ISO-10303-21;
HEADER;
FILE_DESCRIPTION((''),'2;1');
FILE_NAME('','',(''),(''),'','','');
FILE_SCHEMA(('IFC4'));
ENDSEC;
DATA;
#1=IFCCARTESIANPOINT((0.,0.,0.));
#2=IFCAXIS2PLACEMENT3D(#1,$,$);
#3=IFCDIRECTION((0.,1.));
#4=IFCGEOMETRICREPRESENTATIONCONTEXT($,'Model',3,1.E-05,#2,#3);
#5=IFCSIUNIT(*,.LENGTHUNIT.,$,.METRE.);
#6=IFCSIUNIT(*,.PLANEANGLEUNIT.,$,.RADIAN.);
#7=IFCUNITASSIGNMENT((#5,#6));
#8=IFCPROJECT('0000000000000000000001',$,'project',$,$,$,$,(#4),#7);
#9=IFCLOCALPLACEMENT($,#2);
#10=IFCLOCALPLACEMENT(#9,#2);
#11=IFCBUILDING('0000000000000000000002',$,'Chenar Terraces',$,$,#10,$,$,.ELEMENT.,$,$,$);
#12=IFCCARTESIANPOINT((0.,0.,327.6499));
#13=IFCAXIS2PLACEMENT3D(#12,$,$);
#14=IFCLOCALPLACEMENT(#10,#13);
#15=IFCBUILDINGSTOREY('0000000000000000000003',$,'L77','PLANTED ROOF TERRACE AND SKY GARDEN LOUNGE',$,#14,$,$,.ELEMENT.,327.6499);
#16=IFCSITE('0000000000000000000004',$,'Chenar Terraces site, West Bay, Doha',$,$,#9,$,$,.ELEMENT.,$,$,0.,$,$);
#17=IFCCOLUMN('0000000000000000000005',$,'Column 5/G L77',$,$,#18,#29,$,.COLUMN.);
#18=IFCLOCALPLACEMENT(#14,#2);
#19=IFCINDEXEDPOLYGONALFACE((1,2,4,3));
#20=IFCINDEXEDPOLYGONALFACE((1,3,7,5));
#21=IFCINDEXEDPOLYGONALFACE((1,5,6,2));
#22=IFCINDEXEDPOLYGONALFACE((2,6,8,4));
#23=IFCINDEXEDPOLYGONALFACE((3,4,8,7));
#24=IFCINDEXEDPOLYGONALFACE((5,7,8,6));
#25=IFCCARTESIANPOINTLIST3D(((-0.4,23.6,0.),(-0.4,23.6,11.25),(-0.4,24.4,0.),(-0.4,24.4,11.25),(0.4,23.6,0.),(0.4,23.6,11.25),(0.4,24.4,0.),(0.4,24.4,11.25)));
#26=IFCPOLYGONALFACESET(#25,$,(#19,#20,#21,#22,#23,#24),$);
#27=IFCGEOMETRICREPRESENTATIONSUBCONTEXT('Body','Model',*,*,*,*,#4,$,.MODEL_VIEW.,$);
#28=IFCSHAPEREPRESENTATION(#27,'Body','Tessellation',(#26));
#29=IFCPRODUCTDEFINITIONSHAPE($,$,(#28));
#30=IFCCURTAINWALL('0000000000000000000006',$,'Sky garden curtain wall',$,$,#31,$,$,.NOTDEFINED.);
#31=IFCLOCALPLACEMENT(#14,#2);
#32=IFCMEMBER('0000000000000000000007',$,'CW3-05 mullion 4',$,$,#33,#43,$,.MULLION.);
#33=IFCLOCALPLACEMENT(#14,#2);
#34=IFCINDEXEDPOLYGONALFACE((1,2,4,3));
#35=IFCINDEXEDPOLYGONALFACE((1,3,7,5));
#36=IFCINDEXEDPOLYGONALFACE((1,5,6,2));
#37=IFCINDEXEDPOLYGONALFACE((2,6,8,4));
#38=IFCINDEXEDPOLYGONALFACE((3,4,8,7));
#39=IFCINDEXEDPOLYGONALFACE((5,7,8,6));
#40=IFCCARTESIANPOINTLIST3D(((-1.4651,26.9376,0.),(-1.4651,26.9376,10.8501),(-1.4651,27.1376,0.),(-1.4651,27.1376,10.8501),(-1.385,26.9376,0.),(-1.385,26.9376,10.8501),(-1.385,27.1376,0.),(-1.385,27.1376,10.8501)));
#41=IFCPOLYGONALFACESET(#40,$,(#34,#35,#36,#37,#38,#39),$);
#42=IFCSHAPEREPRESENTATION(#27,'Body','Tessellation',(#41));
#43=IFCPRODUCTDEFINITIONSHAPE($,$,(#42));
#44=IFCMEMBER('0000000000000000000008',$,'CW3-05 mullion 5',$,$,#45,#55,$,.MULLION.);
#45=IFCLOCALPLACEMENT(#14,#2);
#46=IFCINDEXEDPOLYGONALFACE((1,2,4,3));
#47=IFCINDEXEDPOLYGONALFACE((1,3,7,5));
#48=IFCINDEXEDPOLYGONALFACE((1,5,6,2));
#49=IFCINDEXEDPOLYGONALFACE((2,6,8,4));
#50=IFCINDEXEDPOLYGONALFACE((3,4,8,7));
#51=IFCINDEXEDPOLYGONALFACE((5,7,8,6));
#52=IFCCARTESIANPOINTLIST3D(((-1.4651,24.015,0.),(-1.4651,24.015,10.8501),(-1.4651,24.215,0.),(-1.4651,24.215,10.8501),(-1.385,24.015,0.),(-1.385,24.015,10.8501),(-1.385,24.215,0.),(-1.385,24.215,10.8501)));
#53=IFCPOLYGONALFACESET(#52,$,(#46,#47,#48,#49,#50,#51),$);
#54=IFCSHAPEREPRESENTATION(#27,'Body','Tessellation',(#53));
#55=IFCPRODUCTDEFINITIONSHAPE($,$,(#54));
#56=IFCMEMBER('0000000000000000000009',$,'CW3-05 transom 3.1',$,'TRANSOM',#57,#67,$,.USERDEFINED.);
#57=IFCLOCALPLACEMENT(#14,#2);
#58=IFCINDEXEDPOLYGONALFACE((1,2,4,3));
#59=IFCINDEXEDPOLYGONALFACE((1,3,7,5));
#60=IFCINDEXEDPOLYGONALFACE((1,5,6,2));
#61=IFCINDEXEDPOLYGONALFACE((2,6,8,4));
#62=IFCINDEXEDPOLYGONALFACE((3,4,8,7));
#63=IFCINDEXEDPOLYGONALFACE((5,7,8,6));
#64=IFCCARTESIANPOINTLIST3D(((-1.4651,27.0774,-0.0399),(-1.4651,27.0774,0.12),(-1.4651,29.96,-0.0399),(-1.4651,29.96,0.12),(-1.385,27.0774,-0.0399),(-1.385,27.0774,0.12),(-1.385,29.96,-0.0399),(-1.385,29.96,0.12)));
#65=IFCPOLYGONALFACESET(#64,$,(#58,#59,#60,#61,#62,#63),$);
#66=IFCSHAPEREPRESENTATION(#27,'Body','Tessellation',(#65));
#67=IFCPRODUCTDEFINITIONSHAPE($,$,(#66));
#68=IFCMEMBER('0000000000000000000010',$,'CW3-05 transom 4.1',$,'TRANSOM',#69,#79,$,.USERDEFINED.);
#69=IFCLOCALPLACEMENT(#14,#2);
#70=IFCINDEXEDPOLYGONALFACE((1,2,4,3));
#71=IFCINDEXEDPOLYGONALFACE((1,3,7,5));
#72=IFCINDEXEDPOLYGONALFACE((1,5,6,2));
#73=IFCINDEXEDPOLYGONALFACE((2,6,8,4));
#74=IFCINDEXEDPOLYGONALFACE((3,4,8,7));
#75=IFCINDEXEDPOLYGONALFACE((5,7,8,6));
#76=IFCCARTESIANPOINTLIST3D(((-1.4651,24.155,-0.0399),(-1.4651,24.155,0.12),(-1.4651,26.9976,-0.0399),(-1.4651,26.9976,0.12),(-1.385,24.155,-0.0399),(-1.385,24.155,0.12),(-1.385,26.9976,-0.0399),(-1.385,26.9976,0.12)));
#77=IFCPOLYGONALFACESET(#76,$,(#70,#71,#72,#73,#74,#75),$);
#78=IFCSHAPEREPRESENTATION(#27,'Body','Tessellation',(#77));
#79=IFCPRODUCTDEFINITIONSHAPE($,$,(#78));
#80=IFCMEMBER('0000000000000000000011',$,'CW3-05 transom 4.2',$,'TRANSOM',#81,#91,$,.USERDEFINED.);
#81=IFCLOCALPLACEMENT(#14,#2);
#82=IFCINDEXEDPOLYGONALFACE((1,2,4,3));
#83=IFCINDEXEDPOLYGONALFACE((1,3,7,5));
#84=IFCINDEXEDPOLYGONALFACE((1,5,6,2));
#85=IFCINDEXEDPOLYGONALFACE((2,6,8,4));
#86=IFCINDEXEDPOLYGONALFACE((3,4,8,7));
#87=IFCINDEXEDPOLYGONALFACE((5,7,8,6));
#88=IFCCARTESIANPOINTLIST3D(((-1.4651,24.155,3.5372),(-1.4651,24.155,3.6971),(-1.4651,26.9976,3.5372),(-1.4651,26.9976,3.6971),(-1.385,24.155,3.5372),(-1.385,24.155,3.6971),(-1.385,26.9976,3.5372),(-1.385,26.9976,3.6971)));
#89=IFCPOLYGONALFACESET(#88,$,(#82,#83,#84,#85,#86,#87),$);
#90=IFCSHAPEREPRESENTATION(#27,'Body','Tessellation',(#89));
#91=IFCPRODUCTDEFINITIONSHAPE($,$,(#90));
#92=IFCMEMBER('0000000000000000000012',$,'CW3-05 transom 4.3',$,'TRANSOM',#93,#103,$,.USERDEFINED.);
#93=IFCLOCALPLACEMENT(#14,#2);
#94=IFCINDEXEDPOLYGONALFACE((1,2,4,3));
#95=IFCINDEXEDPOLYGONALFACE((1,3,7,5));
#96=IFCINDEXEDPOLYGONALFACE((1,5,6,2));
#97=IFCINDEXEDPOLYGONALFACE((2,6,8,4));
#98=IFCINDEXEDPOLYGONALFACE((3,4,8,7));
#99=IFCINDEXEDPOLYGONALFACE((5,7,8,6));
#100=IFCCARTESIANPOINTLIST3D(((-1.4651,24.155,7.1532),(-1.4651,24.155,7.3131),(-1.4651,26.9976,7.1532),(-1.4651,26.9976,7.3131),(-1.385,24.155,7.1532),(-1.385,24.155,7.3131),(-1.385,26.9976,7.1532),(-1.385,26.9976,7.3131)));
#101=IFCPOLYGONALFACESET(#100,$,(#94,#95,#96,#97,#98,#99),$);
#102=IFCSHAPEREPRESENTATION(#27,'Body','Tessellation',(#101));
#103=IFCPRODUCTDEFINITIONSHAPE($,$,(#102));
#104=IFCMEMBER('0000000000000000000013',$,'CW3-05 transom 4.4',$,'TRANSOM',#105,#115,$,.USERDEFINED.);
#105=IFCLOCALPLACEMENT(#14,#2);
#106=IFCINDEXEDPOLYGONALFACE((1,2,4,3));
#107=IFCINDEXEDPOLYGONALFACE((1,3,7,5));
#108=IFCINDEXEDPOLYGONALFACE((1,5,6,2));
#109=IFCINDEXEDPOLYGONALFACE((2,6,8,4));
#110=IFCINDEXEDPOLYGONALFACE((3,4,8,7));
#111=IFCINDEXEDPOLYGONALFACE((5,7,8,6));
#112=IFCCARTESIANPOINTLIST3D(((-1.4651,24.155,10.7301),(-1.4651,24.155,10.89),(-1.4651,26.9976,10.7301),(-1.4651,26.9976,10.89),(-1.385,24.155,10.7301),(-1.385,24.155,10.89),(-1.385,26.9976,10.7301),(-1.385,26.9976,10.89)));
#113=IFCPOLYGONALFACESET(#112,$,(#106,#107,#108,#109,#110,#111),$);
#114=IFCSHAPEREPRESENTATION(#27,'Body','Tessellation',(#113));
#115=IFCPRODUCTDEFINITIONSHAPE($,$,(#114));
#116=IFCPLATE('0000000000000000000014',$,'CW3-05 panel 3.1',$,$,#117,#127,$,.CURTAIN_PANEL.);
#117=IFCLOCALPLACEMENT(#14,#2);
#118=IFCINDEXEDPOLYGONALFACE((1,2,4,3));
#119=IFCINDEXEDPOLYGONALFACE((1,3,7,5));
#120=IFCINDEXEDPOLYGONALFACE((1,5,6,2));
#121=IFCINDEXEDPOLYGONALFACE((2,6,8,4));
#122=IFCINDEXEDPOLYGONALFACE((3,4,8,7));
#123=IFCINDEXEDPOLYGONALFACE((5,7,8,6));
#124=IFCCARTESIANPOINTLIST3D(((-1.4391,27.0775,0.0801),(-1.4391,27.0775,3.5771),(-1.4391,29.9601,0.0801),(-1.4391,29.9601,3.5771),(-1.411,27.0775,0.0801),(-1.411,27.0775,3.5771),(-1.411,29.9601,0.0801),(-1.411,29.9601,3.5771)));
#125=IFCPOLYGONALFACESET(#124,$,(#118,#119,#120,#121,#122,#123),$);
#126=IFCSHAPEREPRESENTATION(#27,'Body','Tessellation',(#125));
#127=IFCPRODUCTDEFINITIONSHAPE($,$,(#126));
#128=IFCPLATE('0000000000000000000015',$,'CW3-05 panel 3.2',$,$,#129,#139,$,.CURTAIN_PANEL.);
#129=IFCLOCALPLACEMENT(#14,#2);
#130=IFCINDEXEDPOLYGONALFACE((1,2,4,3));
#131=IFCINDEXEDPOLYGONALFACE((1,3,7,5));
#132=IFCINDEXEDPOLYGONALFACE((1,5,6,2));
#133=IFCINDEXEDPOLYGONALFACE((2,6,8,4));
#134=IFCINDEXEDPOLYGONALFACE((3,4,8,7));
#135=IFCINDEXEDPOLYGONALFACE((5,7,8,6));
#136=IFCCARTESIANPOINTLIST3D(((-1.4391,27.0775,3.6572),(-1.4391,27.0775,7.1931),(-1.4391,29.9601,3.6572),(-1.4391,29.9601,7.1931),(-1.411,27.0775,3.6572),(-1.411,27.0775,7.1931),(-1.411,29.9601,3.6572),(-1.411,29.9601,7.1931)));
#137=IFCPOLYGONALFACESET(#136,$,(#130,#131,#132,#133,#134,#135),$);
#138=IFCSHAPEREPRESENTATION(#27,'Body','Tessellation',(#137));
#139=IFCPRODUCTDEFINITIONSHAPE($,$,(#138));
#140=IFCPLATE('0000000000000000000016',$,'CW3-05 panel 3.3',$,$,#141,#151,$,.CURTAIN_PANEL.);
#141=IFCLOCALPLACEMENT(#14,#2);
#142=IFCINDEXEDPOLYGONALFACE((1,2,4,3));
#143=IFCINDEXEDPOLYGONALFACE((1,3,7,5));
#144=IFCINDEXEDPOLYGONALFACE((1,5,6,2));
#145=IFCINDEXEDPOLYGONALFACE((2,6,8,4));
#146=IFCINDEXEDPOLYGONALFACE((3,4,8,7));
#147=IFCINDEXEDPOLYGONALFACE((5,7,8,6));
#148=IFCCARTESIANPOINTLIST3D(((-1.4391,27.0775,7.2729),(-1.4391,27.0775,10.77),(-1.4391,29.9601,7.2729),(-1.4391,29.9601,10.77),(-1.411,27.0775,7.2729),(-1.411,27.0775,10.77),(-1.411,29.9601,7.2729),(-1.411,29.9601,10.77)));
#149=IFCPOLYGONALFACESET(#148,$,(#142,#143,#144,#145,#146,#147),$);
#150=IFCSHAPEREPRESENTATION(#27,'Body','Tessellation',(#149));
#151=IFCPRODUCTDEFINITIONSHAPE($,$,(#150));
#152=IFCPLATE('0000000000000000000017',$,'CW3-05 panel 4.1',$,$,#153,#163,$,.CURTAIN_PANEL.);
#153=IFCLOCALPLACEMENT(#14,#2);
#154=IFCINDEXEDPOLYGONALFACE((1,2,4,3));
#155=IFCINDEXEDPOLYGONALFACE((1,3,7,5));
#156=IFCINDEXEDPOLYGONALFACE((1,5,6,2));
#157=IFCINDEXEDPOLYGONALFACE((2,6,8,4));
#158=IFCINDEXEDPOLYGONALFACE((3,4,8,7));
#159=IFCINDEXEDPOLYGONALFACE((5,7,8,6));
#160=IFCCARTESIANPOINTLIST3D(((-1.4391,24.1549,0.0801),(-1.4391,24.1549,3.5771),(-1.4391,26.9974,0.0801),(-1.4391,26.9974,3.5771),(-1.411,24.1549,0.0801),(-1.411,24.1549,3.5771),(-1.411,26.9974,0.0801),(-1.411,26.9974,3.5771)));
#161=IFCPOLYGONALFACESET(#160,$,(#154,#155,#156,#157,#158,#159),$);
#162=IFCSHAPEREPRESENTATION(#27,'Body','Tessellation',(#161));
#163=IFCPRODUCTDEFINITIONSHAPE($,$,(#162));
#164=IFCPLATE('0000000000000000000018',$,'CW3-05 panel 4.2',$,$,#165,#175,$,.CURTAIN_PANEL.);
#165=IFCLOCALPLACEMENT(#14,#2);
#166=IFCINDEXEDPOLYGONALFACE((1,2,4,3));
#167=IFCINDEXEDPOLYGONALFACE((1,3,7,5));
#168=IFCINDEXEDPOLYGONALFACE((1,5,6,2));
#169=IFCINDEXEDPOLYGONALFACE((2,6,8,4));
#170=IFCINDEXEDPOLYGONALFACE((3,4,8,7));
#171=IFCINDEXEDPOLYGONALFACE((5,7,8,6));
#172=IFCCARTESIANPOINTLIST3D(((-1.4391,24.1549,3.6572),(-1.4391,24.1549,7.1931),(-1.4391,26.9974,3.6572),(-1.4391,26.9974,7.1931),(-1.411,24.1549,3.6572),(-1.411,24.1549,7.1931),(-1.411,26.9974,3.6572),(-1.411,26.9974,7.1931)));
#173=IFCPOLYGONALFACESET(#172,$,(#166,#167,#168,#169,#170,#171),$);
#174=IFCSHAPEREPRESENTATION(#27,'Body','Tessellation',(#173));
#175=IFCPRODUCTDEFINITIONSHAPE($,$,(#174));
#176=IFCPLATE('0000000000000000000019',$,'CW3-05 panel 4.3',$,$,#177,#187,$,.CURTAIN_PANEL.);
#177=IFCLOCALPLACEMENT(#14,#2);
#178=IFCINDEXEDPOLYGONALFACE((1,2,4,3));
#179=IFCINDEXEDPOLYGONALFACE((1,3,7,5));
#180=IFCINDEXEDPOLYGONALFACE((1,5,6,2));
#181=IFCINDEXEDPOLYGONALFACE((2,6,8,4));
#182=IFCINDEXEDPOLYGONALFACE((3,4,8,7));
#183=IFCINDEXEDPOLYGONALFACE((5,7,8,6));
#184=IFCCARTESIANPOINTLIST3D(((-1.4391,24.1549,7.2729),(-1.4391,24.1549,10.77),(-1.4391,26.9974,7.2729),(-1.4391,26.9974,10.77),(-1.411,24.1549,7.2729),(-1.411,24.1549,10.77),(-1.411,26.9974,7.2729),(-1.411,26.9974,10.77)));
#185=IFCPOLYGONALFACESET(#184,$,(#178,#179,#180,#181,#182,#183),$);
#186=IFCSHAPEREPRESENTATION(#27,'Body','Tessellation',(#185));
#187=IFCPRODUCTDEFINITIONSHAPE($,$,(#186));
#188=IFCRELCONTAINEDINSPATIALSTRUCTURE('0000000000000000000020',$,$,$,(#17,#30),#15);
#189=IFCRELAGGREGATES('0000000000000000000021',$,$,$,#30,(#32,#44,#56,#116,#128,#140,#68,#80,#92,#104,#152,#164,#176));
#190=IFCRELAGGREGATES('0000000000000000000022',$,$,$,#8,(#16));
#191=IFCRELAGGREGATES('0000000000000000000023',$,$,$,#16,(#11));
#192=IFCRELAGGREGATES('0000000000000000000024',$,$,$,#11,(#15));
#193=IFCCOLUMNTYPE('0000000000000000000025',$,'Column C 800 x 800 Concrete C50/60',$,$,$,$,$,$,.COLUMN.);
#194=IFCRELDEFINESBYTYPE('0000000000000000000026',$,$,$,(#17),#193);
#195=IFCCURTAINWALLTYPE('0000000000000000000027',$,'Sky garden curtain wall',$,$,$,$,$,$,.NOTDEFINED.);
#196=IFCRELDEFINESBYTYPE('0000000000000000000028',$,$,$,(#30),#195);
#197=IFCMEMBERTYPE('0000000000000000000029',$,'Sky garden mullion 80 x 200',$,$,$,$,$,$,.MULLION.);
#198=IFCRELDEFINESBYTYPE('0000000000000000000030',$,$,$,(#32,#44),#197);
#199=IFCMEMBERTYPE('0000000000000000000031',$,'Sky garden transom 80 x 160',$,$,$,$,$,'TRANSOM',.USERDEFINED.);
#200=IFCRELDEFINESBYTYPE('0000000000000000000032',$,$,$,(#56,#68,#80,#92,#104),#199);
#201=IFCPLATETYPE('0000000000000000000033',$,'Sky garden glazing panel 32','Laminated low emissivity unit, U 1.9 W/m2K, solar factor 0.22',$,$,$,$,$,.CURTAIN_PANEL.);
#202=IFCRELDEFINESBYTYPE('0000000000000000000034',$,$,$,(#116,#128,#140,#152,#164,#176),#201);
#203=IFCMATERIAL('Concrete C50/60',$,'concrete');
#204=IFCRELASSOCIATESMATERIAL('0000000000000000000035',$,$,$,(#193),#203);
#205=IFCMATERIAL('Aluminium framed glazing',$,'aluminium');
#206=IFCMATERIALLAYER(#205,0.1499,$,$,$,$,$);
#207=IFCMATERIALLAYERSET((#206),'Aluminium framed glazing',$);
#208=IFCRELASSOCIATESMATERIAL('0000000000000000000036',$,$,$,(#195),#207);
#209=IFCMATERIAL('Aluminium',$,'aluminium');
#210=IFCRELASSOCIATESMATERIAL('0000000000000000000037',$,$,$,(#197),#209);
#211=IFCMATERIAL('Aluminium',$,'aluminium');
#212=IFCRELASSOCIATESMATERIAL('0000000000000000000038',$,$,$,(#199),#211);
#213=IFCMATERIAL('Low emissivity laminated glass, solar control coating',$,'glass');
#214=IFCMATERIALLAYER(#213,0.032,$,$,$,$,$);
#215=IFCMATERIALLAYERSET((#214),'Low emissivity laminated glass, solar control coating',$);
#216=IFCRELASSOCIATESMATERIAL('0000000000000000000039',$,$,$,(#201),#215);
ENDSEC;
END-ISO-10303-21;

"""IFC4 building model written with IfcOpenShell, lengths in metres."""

from ifc_helpers import new_model, si_unit, direction, frame, origin, origin_2d, place, context, subcontext, project, spatial, rectangle, extrude, material, layer, layer_set, material_profile, profile_set, type_object, element, aggregate, save


model = new_model("IFC4")

# Units and contexts
model_context = context("Model", 3, precision=1e-05, world=origin(), true_north=direction((0.0, 1.0)))
body_context = subcontext(model_context, "Body", "Model", "MODEL_VIEW")
ifc_project = project(units=[si_unit("LENGTHUNIT", "METRE"), si_unit("PLANEANGLEUNIT", "RADIAN")], contexts=[model_context])

# Site, building, storey
site_placement = place(None, origin())
site = spatial("IfcSite", under=ifc_project, at=site_placement, Name="Chenar Terraces site, West Bay, Doha", CompositionType="ELEMENT", RefElevation=0.0)
building_placement = place(site_placement, origin())
building = spatial("IfcBuilding", under=site, at=building_placement, Name="Chenar Terraces", CompositionType="ELEMENT")
storey_placement = place(building_placement, frame((0.0, 0.0, 327.6499)))
storey = spatial("IfcBuildingStorey", under=building, at=storey_placement, Name="L77", Description="PLANTED ROOF TERRACE AND SKY GARDEN LOUNGE", CompositionType="ELEMENT", Elevation=327.6499)

# Column
ifc_material_1 = material(Name="Concrete C50/60", Category="concrete")
ifc_material_profile_1 = material_profile(ifc_material_1, rectangle(XDim=0.8, YDim=0.8, at=origin_2d()), Name="C 800 x 800")
ifc_profile_set_1 = profile_set([ifc_material_profile_1], Name="Concrete C50/60")
column_type = type_object("IfcColumnType", Name="Column C 800 x 800 Concrete C50/60", PredefinedType="COLUMN", material=ifc_profile_set_1)
column_placement = place(storey_placement, frame((0.0, 24.0, 0.0), z_axis=(0.0, 0.0, 1.0), x_axis=(1.0, 0.0, 0.0)))
element("IfcColumn", 1, at=column_placement, inside=storey, type_object=column_type, Name="Column 5/G L77", PredefinedType="COLUMN", context=body_context, shape_type="SweptSolid", body=[
    extrude(rectangle(XDim=0.8, YDim=0.8, at=origin_2d()), origin(), (0.0, 0.0, 1.0), 11.25),
])

# Curtain wall, members, plates
ifc_material_2 = material(Name="Aluminium framed glazing", Category="aluminium")
ifc_layer_1 = layer(ifc_material_2, 0.1499)
ifc_layer_set_1 = layer_set([ifc_layer_1], Name="Aluminium framed glazing")
curtain_wall_type = type_object("IfcCurtainWallType", Name="Sky garden curtain wall", PredefinedType="NOTDEFINED", material=ifc_layer_set_1)
placement = place(storey_placement, origin())
curtain_wall = element("IfcCurtainWall", 2, at=placement, inside=storey, type_object=curtain_wall_type, Name="Sky garden curtain wall", PredefinedType="NOTDEFINED")
ifc_material_3 = material(Name="Aluminium", Category="aluminium")
ifc_material_profile_2 = material_profile(ifc_material_3, rectangle(XDim=0.0801, YDim=0.2, at=origin_2d()), Name="Sky garden mullion 80 x 200")
ifc_profile_set_2 = profile_set([ifc_material_profile_2], Name="Aluminium")
member_type_1 = type_object("IfcMemberType", Name="Sky garden mullion 80 x 200", PredefinedType="MULLION", material=ifc_profile_set_2)
member_1_placement = place(storey_placement, frame((-1.425, 27.0376, 0.0), z_axis=(0.0, 0.0, 1.0), x_axis=(1.0, 0.0, 0.0)))
member_1 = element("IfcMember", 3, at=member_1_placement, type_object=member_type_1, Name="CW3-05 mullion 4", PredefinedType="MULLION", context=body_context, shape_type="SweptSolid", body=[
    extrude(rectangle(XDim=0.0801, YDim=0.2, at=origin_2d()), origin(), (0.0, 0.0, 1.0), 10.8501),
])
member_2_placement = place(storey_placement, frame((-1.425, 24.115, 0.0), z_axis=(0.0, 0.0, 1.0), x_axis=(1.0, 0.0, 0.0)))
member_2 = element("IfcMember", 4, at=member_2_placement, type_object=member_type_1, Name="CW3-05 mullion 5", PredefinedType="MULLION", context=body_context, shape_type="SweptSolid", body=[
    extrude(rectangle(XDim=0.0801, YDim=0.2, at=origin_2d()), origin(), (0.0, 0.0, 1.0), 10.8501),
])
ifc_material_4 = material(Name="Aluminium", Category="aluminium")
ifc_material_profile_3 = material_profile(ifc_material_4, rectangle(XDim=0.0801, YDim=0.1599, at=origin_2d()), Name="Sky garden transom 80 x 160")
ifc_profile_set_3 = profile_set([ifc_material_profile_3], Name="Aluminium")
member_type_2 = type_object("IfcMemberType", Name="Sky garden transom 80 x 160", ElementType="TRANSOM", PredefinedType="USERDEFINED", material=ifc_profile_set_3)
member_3_placement = place(storey_placement, frame((-1.425, 29.96, 0.04), z_axis=(0.0, -1.0, 0.0), x_axis=(1.0, 0.0, 0.0)))
member_3 = element("IfcMember", 5, at=member_3_placement, type_object=member_type_2, Name="CW3-05 transom 3.1", ObjectType="TRANSOM", PredefinedType="USERDEFINED", context=body_context, shape_type="SweptSolid", body=[
    extrude(rectangle(XDim=0.0801, YDim=0.1599, at=origin_2d()), origin(), (0.0, 0.0, 1.0), 2.8826),
])
member_4_placement = place(storey_placement, frame((-1.425, 26.9976, 0.04), z_axis=(0.0, -1.0, 0.0), x_axis=(1.0, 0.0, 0.0)))
member_4 = element("IfcMember", 6, at=member_4_placement, type_object=member_type_2, Name="CW3-05 transom 4.1", ObjectType="TRANSOM", PredefinedType="USERDEFINED", context=body_context, shape_type="SweptSolid", body=[
    extrude(rectangle(XDim=0.0801, YDim=0.1599, at=origin_2d()), origin(), (0.0, 0.0, 1.0), 2.8425),
])
member_5_placement = place(storey_placement, frame((-1.425, 26.9976, 3.6172), z_axis=(0.0, -1.0, 0.0), x_axis=(1.0, 0.0, 0.0)))
member_5 = element("IfcMember", 7, at=member_5_placement, type_object=member_type_2, Name="CW3-05 transom 4.2", ObjectType="TRANSOM", PredefinedType="USERDEFINED", context=body_context, shape_type="SweptSolid", body=[
    extrude(rectangle(XDim=0.0801, YDim=0.1599, at=origin_2d()), origin(), (0.0, 0.0, 1.0), 2.8425),
])
member_6_placement = place(storey_placement, frame((-1.425, 26.9976, 7.2332), z_axis=(0.0, -1.0, 0.0), x_axis=(1.0, 0.0, 0.0)))
member_6 = element("IfcMember", 8, at=member_6_placement, type_object=member_type_2, Name="CW3-05 transom 4.3", ObjectType="TRANSOM", PredefinedType="USERDEFINED", context=body_context, shape_type="SweptSolid", body=[
    extrude(rectangle(XDim=0.0801, YDim=0.1599, at=origin_2d()), origin(), (0.0, 0.0, 1.0), 2.8425),
])
member_7_placement = place(storey_placement, frame((-1.425, 26.9976, 10.8101), z_axis=(0.0, -1.0, 0.0), x_axis=(1.0, 0.0, 0.0)))
member_7 = element("IfcMember", 9, at=member_7_placement, type_object=member_type_2, Name="CW3-05 transom 4.4", ObjectType="TRANSOM", PredefinedType="USERDEFINED", context=body_context, shape_type="SweptSolid", body=[
    extrude(rectangle(XDim=0.0801, YDim=0.1599, at=origin_2d()), origin(), (0.0, 0.0, 1.0), 2.8425),
])
ifc_material_5 = material(Name="Low emissivity laminated glass, solar control coating", Category="glass")
ifc_layer_2 = layer(ifc_material_5, 0.032)
ifc_layer_set_2 = layer_set([ifc_layer_2], Name="Low emissivity laminated glass, solar control coating")
plate_type = type_object("IfcPlateType", Name="Sky garden glazing panel 32", Description="Laminated low emissivity unit, U 1.9 W/m2K, solar factor 0.22", PredefinedType="CURTAIN_PANEL", material=ifc_layer_set_2)
plate_1_placement = place(storey_placement, frame((-1.425, 28.5188, 0.0801), z_axis=(0.0, 0.0, 1.0), x_axis=(0.0, -1.0, 0.0)))
plate_1 = element("IfcPlate", 10, at=plate_1_placement, type_object=plate_type, Name="CW3-05 panel 3.1", PredefinedType="CURTAIN_PANEL", context=body_context, shape_type="SweptSolid", body=[
    extrude(rectangle(XDim=2.8826, YDim=0.0281, at=origin_2d()), origin(), (0.0, 0.0, 1.0), 3.4971),
])
plate_2_placement = place(storey_placement, frame((-1.425, 28.5188, 3.6572), z_axis=(0.0, 0.0, 1.0), x_axis=(0.0, -1.0, 0.0)))
plate_2 = element("IfcPlate", 11, at=plate_2_placement, type_object=plate_type, Name="CW3-05 panel 3.2", PredefinedType="CURTAIN_PANEL", context=body_context, shape_type="SweptSolid", body=[
    extrude(rectangle(XDim=2.8826, YDim=0.0281, at=origin_2d()), origin(), (0.0, 0.0, 1.0), 3.5359),
])
plate_3_placement = place(storey_placement, frame((-1.425, 28.5188, 7.2729), z_axis=(0.0, 0.0, 1.0), x_axis=(0.0, -1.0, 0.0)))
plate_3 = element("IfcPlate", 12, at=plate_3_placement, type_object=plate_type, Name="CW3-05 panel 3.3", PredefinedType="CURTAIN_PANEL", context=body_context, shape_type="SweptSolid", body=[
    extrude(rectangle(XDim=2.8826, YDim=0.0281, at=origin_2d()), origin(), (0.0, 0.0, 1.0), 3.4971),
])
plate_4_placement = place(storey_placement, frame((-1.425, 25.5762, 0.0801), z_axis=(0.0, 0.0, 1.0), x_axis=(0.0, -1.0, 0.0)))
plate_4 = element("IfcPlate", 13, at=plate_4_placement, type_object=plate_type, Name="CW3-05 panel 4.1", PredefinedType="CURTAIN_PANEL", context=body_context, shape_type="SweptSolid", body=[
    extrude(rectangle(XDim=2.8425, YDim=0.0281, at=origin_2d()), origin(), (0.0, 0.0, 1.0), 3.4971),
])
plate_5_placement = place(storey_placement, frame((-1.425, 25.5762, 3.6572), z_axis=(0.0, 0.0, 1.0), x_axis=(0.0, -1.0, 0.0)))
plate_5 = element("IfcPlate", 14, at=plate_5_placement, type_object=plate_type, Name="CW3-05 panel 4.2", PredefinedType="CURTAIN_PANEL", context=body_context, shape_type="SweptSolid", body=[
    extrude(rectangle(XDim=2.8425, YDim=0.0281, at=origin_2d()), origin(), (0.0, 0.0, 1.0), 3.5359),
])
plate_6_placement = place(storey_placement, frame((-1.425, 25.5762, 7.2729), z_axis=(0.0, 0.0, 1.0), x_axis=(0.0, -1.0, 0.0)))
plate_6 = element("IfcPlate", 15, at=plate_6_placement, type_object=plate_type, Name="CW3-05 panel 4.3", PredefinedType="CURTAIN_PANEL", context=body_context, shape_type="SweptSolid", body=[
    extrude(rectangle(XDim=2.8425, YDim=0.0281, at=origin_2d()), origin(), (0.0, 0.0, 1.0), 3.4971),
])
aggregate(curtain_wall, [member_1, member_2, member_3, plate_1, plate_2, plate_3, member_4, member_5, member_6, member_7, plate_4, plate_5, plate_6])

save(model, "model.ifc")
